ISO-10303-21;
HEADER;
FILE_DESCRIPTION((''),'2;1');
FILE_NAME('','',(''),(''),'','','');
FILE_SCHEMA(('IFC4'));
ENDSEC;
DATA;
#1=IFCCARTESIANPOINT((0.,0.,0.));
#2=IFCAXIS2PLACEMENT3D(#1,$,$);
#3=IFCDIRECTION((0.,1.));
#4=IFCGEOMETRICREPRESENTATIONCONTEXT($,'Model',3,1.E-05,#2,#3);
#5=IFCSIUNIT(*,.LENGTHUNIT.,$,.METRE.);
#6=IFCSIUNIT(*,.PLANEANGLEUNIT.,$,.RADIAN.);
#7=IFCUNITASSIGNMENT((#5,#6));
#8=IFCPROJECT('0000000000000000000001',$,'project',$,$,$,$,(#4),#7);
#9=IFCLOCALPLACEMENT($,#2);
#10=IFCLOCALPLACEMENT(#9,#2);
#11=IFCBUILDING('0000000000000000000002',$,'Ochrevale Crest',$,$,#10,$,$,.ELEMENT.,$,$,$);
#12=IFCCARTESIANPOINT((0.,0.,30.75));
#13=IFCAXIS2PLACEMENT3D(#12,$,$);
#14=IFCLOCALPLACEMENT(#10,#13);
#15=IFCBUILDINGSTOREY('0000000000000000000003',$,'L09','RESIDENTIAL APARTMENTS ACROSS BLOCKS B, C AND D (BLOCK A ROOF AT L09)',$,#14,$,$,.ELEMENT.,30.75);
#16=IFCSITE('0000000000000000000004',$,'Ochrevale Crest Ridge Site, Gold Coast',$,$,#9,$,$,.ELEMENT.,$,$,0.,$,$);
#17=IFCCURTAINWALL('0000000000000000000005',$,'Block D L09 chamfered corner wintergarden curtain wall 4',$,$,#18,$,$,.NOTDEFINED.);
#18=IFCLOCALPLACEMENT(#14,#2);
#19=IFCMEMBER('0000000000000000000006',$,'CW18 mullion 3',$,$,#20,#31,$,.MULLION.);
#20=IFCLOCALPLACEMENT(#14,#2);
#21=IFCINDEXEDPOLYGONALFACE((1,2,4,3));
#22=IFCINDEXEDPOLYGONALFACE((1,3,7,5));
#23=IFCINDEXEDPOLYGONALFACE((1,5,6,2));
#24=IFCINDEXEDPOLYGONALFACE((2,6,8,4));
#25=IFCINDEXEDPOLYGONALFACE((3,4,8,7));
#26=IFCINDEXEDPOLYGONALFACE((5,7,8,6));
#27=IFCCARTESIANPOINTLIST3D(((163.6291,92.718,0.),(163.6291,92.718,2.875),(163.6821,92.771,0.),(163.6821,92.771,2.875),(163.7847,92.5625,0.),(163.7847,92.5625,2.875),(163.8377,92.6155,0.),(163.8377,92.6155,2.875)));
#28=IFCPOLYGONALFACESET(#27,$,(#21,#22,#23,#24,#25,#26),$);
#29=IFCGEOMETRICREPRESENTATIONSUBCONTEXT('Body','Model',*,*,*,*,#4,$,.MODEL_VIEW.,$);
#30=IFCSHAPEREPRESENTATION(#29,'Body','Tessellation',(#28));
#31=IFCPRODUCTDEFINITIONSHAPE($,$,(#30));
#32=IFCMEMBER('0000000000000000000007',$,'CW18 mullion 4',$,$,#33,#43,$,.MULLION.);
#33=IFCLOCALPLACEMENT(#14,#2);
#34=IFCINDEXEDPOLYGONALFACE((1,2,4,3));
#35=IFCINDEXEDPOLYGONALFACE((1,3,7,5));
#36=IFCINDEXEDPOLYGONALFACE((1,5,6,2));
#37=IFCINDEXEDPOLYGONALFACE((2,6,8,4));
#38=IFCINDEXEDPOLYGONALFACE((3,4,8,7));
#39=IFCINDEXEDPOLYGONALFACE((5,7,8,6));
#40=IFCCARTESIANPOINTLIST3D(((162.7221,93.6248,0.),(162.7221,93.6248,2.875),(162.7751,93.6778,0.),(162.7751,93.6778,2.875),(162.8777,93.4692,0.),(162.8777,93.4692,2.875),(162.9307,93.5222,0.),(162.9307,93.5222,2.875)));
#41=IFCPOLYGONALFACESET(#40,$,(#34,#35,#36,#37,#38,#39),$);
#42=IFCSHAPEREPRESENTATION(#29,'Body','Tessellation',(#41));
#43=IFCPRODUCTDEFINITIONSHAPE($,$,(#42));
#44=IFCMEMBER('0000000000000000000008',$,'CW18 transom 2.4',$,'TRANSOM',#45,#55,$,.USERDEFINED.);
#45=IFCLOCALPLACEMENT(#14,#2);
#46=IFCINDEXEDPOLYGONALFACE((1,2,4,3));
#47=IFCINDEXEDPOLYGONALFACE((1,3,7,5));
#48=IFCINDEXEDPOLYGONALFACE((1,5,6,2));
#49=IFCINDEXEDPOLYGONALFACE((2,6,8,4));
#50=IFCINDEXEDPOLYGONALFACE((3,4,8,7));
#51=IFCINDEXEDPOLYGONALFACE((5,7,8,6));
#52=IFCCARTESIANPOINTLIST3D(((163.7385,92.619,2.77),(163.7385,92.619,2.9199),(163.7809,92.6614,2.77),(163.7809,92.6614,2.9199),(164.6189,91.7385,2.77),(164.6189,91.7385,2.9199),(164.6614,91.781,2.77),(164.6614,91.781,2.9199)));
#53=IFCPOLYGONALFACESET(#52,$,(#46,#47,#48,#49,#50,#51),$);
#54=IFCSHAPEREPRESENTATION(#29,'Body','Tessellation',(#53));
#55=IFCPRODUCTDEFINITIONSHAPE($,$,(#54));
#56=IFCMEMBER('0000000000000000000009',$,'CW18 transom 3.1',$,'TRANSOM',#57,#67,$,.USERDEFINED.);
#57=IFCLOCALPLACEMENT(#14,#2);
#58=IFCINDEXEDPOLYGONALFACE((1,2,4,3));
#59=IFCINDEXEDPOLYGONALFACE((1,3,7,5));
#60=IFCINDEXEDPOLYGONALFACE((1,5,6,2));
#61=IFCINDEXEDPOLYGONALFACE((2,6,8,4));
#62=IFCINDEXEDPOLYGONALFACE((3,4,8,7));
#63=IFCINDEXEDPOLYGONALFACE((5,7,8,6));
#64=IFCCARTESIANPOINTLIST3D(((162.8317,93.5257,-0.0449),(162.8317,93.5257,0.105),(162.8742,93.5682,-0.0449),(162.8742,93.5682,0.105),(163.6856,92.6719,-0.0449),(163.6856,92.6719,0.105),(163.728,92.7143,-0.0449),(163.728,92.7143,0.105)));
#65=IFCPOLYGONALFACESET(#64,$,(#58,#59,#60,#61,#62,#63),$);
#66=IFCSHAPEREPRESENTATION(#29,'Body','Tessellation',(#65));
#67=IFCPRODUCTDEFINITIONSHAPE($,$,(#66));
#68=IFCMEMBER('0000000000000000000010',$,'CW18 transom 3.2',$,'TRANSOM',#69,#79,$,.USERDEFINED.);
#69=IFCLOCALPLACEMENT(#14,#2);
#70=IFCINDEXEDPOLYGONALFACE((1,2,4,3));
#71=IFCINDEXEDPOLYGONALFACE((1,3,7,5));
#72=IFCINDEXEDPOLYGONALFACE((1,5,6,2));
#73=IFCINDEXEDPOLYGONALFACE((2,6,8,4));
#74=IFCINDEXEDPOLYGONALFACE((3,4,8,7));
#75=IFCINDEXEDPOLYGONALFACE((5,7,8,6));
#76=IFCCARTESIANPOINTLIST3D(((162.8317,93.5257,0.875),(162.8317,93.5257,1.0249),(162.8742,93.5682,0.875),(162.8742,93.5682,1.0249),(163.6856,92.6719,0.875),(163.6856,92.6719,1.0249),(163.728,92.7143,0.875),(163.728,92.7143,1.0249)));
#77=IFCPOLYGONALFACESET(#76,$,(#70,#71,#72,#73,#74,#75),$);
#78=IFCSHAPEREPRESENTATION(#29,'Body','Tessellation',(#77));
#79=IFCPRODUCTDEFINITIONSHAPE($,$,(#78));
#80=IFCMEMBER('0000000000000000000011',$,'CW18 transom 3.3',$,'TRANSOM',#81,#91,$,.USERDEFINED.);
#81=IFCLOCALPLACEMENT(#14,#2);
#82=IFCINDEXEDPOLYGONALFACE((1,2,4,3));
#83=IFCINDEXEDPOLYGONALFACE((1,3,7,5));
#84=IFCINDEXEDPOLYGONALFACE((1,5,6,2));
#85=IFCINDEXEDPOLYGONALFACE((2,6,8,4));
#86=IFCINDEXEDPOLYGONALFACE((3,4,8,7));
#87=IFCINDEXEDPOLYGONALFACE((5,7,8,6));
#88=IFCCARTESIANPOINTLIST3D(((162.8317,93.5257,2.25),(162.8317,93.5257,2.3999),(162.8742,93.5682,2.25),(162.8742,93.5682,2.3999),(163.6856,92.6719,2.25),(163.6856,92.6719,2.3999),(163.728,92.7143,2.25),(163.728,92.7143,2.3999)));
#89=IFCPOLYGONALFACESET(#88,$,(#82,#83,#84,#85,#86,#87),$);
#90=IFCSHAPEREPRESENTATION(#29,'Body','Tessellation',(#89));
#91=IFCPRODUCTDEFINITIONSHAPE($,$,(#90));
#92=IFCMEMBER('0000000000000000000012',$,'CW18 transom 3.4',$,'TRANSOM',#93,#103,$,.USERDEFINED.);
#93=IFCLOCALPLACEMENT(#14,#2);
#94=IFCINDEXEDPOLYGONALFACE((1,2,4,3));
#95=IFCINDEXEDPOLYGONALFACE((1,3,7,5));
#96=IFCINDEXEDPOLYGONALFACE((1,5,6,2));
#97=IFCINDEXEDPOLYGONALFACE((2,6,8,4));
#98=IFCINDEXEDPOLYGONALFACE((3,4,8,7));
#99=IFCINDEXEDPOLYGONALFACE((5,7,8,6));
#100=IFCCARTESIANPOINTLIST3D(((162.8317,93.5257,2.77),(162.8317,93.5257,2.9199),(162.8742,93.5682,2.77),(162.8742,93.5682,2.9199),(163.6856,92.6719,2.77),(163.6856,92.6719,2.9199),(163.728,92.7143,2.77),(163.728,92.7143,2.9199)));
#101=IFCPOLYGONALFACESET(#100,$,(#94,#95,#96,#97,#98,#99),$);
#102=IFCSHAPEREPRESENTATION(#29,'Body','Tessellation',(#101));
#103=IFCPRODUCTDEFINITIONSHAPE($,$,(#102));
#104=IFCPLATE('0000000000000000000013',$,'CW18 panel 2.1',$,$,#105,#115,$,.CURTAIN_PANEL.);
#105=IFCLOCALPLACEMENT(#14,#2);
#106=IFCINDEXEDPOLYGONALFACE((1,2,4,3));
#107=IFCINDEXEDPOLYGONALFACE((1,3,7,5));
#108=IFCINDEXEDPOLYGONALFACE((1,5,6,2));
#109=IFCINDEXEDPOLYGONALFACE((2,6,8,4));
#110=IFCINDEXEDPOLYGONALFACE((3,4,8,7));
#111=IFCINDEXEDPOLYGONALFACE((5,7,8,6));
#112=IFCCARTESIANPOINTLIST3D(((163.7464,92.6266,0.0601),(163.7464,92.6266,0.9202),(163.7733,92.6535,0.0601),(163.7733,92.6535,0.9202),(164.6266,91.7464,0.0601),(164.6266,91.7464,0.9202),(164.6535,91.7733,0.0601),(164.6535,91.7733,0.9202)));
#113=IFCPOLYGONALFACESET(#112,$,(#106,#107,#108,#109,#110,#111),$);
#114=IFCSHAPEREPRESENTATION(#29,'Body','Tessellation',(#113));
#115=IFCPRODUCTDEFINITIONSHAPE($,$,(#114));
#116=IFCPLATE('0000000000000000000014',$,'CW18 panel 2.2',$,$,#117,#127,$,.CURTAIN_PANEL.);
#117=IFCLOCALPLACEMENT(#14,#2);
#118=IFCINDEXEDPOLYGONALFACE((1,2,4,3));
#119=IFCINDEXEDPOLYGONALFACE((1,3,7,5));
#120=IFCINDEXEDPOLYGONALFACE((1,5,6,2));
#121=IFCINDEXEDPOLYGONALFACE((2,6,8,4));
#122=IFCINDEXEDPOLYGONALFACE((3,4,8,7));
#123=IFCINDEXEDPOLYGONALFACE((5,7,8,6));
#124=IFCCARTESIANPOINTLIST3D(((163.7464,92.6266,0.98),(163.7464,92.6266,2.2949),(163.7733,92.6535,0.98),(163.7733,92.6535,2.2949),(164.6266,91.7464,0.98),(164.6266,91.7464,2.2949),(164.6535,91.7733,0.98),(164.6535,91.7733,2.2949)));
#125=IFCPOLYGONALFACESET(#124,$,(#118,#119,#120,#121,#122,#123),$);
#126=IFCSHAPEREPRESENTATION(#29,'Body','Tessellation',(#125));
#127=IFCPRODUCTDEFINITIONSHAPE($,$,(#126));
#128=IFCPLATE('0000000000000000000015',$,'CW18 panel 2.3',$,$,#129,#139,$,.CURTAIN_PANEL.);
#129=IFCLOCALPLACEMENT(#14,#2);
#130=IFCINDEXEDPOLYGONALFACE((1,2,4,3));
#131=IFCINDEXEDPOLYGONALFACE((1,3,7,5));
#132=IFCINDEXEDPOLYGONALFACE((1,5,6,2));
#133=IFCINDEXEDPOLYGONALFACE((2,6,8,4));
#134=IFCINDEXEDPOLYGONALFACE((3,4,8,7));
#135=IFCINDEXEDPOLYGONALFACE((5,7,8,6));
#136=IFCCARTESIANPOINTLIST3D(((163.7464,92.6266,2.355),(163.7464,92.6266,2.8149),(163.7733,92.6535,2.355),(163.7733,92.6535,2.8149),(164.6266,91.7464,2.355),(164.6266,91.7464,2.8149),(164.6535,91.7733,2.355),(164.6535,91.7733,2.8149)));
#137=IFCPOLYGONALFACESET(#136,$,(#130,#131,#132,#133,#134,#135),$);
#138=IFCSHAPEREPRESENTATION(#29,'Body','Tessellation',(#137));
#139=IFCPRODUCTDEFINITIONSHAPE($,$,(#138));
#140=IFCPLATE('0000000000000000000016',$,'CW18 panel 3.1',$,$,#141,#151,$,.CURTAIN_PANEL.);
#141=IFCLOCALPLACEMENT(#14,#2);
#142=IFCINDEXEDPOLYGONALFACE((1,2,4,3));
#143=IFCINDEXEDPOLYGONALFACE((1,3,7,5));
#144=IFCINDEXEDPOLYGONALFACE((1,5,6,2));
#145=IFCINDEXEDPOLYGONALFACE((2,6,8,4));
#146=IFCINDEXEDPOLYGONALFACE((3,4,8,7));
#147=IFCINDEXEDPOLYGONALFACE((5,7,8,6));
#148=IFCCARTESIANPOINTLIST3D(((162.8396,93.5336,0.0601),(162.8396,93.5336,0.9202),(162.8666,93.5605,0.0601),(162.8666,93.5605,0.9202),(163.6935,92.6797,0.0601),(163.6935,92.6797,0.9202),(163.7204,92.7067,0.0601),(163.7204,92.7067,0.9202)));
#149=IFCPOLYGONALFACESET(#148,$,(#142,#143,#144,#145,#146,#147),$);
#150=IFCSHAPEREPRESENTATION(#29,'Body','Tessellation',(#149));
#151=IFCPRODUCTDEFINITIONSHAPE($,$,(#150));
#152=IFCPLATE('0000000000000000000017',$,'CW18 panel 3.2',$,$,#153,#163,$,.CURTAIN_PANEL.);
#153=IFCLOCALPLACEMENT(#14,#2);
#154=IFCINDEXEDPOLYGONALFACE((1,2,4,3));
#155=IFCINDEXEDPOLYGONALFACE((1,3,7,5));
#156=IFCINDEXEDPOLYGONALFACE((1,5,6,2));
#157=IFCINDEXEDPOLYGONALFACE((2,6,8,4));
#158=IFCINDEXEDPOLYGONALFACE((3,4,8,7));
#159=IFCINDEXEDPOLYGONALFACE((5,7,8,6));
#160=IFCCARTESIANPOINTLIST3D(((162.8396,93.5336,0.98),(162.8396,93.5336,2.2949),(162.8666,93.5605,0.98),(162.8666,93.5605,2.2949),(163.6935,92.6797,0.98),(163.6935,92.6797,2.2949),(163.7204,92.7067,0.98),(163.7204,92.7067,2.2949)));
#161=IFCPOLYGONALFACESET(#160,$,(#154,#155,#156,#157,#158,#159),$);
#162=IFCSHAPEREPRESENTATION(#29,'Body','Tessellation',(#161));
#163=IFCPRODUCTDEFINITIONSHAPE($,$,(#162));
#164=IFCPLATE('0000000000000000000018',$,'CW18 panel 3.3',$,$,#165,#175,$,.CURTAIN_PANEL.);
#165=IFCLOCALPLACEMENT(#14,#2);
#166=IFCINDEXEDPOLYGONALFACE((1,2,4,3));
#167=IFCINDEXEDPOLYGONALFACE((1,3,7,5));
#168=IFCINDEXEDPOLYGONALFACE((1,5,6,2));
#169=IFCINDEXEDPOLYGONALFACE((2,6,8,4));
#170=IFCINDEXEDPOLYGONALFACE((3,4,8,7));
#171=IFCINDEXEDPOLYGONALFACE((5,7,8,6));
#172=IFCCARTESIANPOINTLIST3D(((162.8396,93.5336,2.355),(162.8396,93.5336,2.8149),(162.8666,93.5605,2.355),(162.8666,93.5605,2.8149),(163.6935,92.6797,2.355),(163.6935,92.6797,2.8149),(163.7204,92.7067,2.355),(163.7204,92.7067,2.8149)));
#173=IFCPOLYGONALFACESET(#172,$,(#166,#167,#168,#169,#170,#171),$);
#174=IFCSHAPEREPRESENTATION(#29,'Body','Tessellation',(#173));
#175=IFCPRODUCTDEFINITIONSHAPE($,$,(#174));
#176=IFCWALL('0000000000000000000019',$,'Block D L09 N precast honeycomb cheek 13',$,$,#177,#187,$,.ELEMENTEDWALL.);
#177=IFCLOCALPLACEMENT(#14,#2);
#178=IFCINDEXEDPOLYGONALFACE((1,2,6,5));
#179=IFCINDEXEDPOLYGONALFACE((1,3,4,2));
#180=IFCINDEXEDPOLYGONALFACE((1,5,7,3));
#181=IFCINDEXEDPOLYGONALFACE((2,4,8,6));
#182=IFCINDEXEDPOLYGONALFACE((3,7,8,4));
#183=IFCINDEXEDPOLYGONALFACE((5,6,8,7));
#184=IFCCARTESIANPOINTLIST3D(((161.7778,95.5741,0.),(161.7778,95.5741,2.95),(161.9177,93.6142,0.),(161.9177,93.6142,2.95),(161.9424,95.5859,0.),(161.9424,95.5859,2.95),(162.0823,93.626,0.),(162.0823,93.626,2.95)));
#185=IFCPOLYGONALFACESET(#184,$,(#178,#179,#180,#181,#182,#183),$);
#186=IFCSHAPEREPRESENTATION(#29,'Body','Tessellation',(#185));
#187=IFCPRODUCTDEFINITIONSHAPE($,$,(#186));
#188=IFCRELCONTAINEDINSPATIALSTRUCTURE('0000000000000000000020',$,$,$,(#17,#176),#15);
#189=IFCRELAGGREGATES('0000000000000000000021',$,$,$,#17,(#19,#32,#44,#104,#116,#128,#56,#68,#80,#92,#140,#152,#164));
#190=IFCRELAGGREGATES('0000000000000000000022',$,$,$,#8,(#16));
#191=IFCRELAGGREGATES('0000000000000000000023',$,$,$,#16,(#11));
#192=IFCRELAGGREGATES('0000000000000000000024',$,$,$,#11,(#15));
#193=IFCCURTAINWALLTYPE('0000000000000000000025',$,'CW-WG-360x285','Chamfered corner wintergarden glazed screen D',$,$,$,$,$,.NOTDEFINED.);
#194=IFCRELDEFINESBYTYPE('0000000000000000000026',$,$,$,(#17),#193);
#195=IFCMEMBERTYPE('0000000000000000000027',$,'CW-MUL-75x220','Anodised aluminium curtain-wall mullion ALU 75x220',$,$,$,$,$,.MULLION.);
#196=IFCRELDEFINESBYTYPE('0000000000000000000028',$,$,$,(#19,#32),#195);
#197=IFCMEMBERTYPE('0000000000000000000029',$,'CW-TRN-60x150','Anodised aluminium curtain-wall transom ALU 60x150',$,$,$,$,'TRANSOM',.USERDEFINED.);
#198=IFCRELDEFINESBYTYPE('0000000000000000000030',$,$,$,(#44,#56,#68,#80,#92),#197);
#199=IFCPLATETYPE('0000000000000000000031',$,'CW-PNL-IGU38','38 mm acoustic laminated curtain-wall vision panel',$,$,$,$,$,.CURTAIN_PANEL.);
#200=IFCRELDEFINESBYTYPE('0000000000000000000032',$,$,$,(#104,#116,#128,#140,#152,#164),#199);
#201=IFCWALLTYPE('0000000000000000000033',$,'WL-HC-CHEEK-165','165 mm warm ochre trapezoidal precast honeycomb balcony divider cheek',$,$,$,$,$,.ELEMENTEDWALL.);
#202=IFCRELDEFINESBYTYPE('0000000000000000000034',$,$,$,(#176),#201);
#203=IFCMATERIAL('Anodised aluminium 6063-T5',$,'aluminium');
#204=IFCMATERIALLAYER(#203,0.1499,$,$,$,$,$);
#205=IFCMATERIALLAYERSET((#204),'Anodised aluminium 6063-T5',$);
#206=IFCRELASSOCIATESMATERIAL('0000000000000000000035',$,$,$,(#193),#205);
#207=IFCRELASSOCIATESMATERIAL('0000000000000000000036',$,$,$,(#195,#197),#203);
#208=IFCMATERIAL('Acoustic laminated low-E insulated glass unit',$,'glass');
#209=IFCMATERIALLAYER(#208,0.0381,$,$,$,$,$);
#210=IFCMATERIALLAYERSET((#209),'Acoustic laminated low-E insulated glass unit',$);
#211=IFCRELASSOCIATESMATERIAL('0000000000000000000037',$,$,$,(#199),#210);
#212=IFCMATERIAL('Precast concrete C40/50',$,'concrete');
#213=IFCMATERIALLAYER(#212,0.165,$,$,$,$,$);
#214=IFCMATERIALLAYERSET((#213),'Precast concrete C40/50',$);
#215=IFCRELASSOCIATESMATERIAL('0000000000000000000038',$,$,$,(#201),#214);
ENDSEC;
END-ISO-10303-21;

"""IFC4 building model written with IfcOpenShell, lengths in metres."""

from ifc_helpers import new_model, si_unit, direction, frame, frame_2d, origin, origin_2d, place, context, subcontext, project, spatial, rectangle, extrude, material, layer, layer_set, material_profile, profile_set, type_object, element, aggregate, save


model = new_model("IFC4")

# Units and contexts
model_context = context("Model", 3, precision=1e-05, world=origin(), true_north=direction((0.0, 1.0)))
body_context = subcontext(model_context, "Body", "Model", "MODEL_VIEW")
ifc_project = project(units=[si_unit("LENGTHUNIT", "METRE"), si_unit("PLANEANGLEUNIT", "RADIAN")], contexts=[model_context])

# Site, building, storey
site_placement = place(None, origin())
site = spatial("IfcSite", under=ifc_project, at=site_placement, Name="Ochrevale Crest Ridge Site, Gold Coast", CompositionType="ELEMENT", RefElevation=0.0)
building_placement = place(site_placement, origin())
building = spatial("IfcBuilding", under=site, at=building_placement, Name="Ochrevale Crest", CompositionType="ELEMENT")
storey_placement = place(building_placement, frame((0.0, 0.0, 30.75)))
storey = spatial("IfcBuildingStorey", under=building, at=storey_placement, Name="L09", Description="RESIDENTIAL APARTMENTS ACROSS BLOCKS B, C AND D (BLOCK A ROOF AT L09)", CompositionType="ELEMENT", Elevation=30.75)

# Curtain wall, members, plates
ifc_material_1 = material(Name="Anodised aluminium 6063-T5", Category="aluminium")
ifc_layer_1 = layer(ifc_material_1, 0.1499)
ifc_layer_set_1 = layer_set([ifc_layer_1], Name="Anodised aluminium 6063-T5")
curtain_wall_type = type_object("IfcCurtainWallType", Name="CW-WG-360x285", Description="Chamfered corner wintergarden glazed screen D", PredefinedType="NOTDEFINED", material=ifc_layer_set_1)
curtain_wall_placement = place(storey_placement, origin())
curtain_wall = element("IfcCurtainWall", 1, at=curtain_wall_placement, inside=storey, type_object=curtain_wall_type, Name="Block D L09 chamfered corner wintergarden curtain wall 4", PredefinedType="NOTDEFINED")
ifc_material_profile_1 = material_profile(ifc_material_1, rectangle(XDim=0.075, YDim=0.22, at=origin_2d()), Name="ALU 75x220")
ifc_profile_set_1 = profile_set([ifc_material_profile_1], Name="Anodised aluminium 6063-T5")
member_type_1 = type_object("IfcMemberType", Name="CW-MUL-75x220", Description="Anodised aluminium curtain-wall mullion ALU 75x220", PredefinedType="MULLION", material=ifc_profile_set_1)
member_1_placement = place(storey_placement, frame((163.7334, 92.6667, 0.0), z_axis=(0.0, 0.0, 1.0), x_axis=(-0.707107, -0.707107, 0.0)))
member_1 = element("IfcMember", 2, at=member_1_placement, type_object=member_type_1, Name="CW18 mullion 3", PredefinedType="MULLION", context=body_context, shape_type="SweptSolid", body=[
    extrude(rectangle(XDim=0.075, YDim=0.22, at=origin_2d()), origin(), (0.0, 0.0, 1.0), 2.875),
])
member_2_placement = place(storey_placement, frame((162.8264, 93.5735, 0.0), z_axis=(0.0, 0.0, 1.0), x_axis=(-0.707107, -0.707107, 0.0)))
member_2 = element("IfcMember", 3, at=member_2_placement, type_object=member_type_1, Name="CW18 mullion 4", PredefinedType="MULLION", context=body_context, shape_type="SweptSolid", body=[
    extrude(rectangle(XDim=0.075, YDim=0.22, at=origin_2d()), origin(), (0.0, 0.0, 1.0), 2.875),
])
ifc_material_profile_2 = material_profile(ifc_material_1, rectangle(XDim=0.0601, YDim=0.1499, at=origin_2d()), Name="ALU 60x150")
ifc_profile_set_2 = profile_set([ifc_material_profile_2], Name="Anodised aluminium 6063-T5")
member_type_2 = type_object("IfcMemberType", Name="CW-TRN-60x150", Description="Anodised aluminium curtain-wall transom ALU 60x150", ElementType="TRANSOM", PredefinedType="USERDEFINED", material=ifc_profile_set_2)
member_3_placement = place(storey_placement, frame((164.6401, 91.7598, 2.845), z_axis=(-0.707107, 0.707107, 0.0), x_axis=(-0.707107, -0.707107, 0.0)))
member_3 = element("IfcMember", 4, at=member_3_placement, type_object=member_type_2, Name="CW18 transom 2.4", ObjectType="TRANSOM", PredefinedType="USERDEFINED", context=body_context, shape_type="SweptSolid", body=[
    extrude(rectangle(XDim=0.0601, YDim=0.1499, at=origin_2d()), origin(), (0.0, 0.0, 1.0), 1.2451),
])
member_4_placement = place(storey_placement, frame((163.7068, 92.6931, 0.03), z_axis=(-0.707107, 0.707107, 0.0), x_axis=(-0.707107, -0.707107, 0.0)))
member_4 = element("IfcMember", 5, at=member_4_placement, type_object=member_type_2, Name="CW18 transom 3.1", ObjectType="TRANSOM", PredefinedType="USERDEFINED", context=body_context, shape_type="SweptSolid", body=[
    extrude(rectangle(XDim=0.0601, YDim=0.1499, at=origin_2d()), origin(), (0.0, 0.0, 1.0), 1.2075),
])
member_5_placement = place(storey_placement, frame((163.7068, 92.6931, 0.95), z_axis=(-0.707107, 0.707107, 0.0), x_axis=(-0.707107, -0.707107, 0.0)))
member_5 = element("IfcMember", 6, at=member_5_placement, type_object=member_type_2, Name="CW18 transom 3.2", ObjectType="TRANSOM", PredefinedType="USERDEFINED", context=body_context, shape_type="SweptSolid", body=[
    extrude(rectangle(XDim=0.0601, YDim=0.1499, at=origin_2d()), origin(), (0.0, 0.0, 1.0), 1.2075),
])
member_6_placement = place(storey_placement, frame((163.7068, 92.6931, 2.325), z_axis=(-0.707107, 0.707107, 0.0), x_axis=(-0.707107, -0.707107, 0.0)))
member_6 = element("IfcMember", 7, at=member_6_placement, type_object=member_type_2, Name="CW18 transom 3.3", ObjectType="TRANSOM", PredefinedType="USERDEFINED", context=body_context, shape_type="SweptSolid", body=[
    extrude(rectangle(XDim=0.0601, YDim=0.1499, at=origin_2d()), origin(), (0.0, 0.0, 1.0), 1.2075),
])
member_7_placement = place(storey_placement, frame((163.7068, 92.6931, 2.845), z_axis=(-0.707107, 0.707107, 0.0), x_axis=(-0.707107, -0.707107, 0.0)))
member_7 = element("IfcMember", 8, at=member_7_placement, type_object=member_type_2, Name="CW18 transom 3.4", ObjectType="TRANSOM", PredefinedType="USERDEFINED", context=body_context, shape_type="SweptSolid", body=[
    extrude(rectangle(XDim=0.0601, YDim=0.1499, at=origin_2d()), origin(), (0.0, 0.0, 1.0), 1.2075),
])
ifc_material_2 = material(Name="Acoustic laminated low-E insulated glass unit", Category="glass")
ifc_layer_2 = layer(ifc_material_2, 0.0381)
ifc_layer_set_2 = layer_set([ifc_layer_2], Name="Acoustic laminated low-E insulated glass unit")
plate_type = type_object("IfcPlateType", Name="CW-PNL-IGU38", Description="38 mm acoustic laminated curtain-wall vision panel", PredefinedType="CURTAIN_PANEL", material=ifc_layer_set_2)
plate_1_placement = place(storey_placement, frame((164.2, 92.2, 0.0601), z_axis=(0.0, 0.0, 1.0), x_axis=(-0.707107, 0.707107, 0.0)))
plate_1 = element("IfcPlate", 9, at=plate_1_placement, type_object=plate_type, Name="CW18 panel 2.1", PredefinedType="CURTAIN_PANEL", context=body_context, shape_type="SweptSolid", body=[
    extrude(rectangle(XDim=1.2449, YDim=0.0381, at=origin_2d()), origin(), (0.0, 0.0, 1.0), 0.8601),
])
plate_2_placement = place(storey_placement, frame((164.2, 92.2, 0.98), z_axis=(0.0, 0.0, 1.0), x_axis=(-0.707107, 0.707107, 0.0)))
plate_2 = element("IfcPlate", 10, at=plate_2_placement, type_object=plate_type, Name="CW18 panel 2.2", PredefinedType="CURTAIN_PANEL", context=body_context, shape_type="SweptSolid", body=[
    extrude(rectangle(XDim=1.2449, YDim=0.0381, at=origin_2d()), origin(), (0.0, 0.0, 1.0), 1.3149),
])
plate_3_placement = place(storey_placement, frame((164.2, 92.2, 2.355), z_axis=(0.0, 0.0, 1.0), x_axis=(-0.707107, 0.707107, 0.0)))
plate_3 = element("IfcPlate", 11, at=plate_3_placement, type_object=plate_type, Name="CW18 panel 2.3", PredefinedType="CURTAIN_PANEL", context=body_context, shape_type="SweptSolid", body=[
    extrude(rectangle(XDim=1.2449, YDim=0.0381, at=origin_2d()), origin(), (0.0, 0.0, 1.0), 0.46),
])
plate_4_placement = place(storey_placement, frame((163.28, 93.1201, 0.0601), z_axis=(0.0, 0.0, 1.0), x_axis=(-0.707107, 0.707107, 0.0)))
plate_4 = element("IfcPlate", 12, at=plate_4_placement, type_object=plate_type, Name="CW18 panel 3.1", PredefinedType="CURTAIN_PANEL", context=body_context, shape_type="SweptSolid", body=[
    extrude(rectangle(XDim=1.2075, YDim=0.0381, at=origin_2d()), origin(), (0.0, 0.0, 1.0), 0.8601),
])
plate_5_placement = place(storey_placement, frame((163.28, 93.1201, 0.98), z_axis=(0.0, 0.0, 1.0), x_axis=(-0.707107, 0.707107, 0.0)))
plate_5 = element("IfcPlate", 13, at=plate_5_placement, type_object=plate_type, Name="CW18 panel 3.2", PredefinedType="CURTAIN_PANEL", context=body_context, shape_type="SweptSolid", body=[
    extrude(rectangle(XDim=1.2075, YDim=0.0381, at=origin_2d()), origin(), (0.0, 0.0, 1.0), 1.3149),
])
plate_6_placement = place(storey_placement, frame((163.28, 93.1201, 2.355), z_axis=(0.0, 0.0, 1.0), x_axis=(-0.707107, 0.707107, 0.0)))
plate_6 = element("IfcPlate", 14, at=plate_6_placement, type_object=plate_type, Name="CW18 panel 3.3", PredefinedType="CURTAIN_PANEL", context=body_context, shape_type="SweptSolid", body=[
    extrude(rectangle(XDim=1.2075, YDim=0.0381, at=origin_2d()), origin(), (0.0, 0.0, 1.0), 0.46),
])
aggregate(curtain_wall, [member_1, member_2, member_3, plate_1, plate_2, plate_3, member_4, member_5, member_6, member_7, plate_4, plate_5, plate_6])

# Shared definitions
ifc_material_3 = material(Name="Precast concrete C40/50", Category="concrete")

# Wall
ifc_layer_3 = layer(ifc_material_3, 0.165)
ifc_layer_set_3 = layer_set([ifc_layer_3], Name="Precast concrete C40/50")
wall_type_1 = type_object("IfcWallType", Name="WL-HC-CHEEK-165", Description="165 mm warm ochre trapezoidal precast honeycomb balcony divider cheek", PredefinedType="ELEMENTEDWALL", material=ifc_layer_set_3)
wall_1_placement = place(storey_placement, frame((162.0, 93.6201, 0.0), z_axis=(0.0, 0.0, 1.0), x_axis=(-0.071194, 0.997462, 0.0)))
element("IfcWall", 15, at=wall_1_placement, inside=storey, type_object=wall_type_1, Name="Block D L09 N precast honeycomb cheek 13", PredefinedType="ELEMENTEDWALL", context=body_context, shape_type="SweptSolid", body=[
    extrude(rectangle(XDim=1.9648, YDim=0.165, at=frame_2d((0.9824, 0.0))), origin(), (0.0, 0.0, 1.0), 2.95),
])

save(model, "model.ifc")
